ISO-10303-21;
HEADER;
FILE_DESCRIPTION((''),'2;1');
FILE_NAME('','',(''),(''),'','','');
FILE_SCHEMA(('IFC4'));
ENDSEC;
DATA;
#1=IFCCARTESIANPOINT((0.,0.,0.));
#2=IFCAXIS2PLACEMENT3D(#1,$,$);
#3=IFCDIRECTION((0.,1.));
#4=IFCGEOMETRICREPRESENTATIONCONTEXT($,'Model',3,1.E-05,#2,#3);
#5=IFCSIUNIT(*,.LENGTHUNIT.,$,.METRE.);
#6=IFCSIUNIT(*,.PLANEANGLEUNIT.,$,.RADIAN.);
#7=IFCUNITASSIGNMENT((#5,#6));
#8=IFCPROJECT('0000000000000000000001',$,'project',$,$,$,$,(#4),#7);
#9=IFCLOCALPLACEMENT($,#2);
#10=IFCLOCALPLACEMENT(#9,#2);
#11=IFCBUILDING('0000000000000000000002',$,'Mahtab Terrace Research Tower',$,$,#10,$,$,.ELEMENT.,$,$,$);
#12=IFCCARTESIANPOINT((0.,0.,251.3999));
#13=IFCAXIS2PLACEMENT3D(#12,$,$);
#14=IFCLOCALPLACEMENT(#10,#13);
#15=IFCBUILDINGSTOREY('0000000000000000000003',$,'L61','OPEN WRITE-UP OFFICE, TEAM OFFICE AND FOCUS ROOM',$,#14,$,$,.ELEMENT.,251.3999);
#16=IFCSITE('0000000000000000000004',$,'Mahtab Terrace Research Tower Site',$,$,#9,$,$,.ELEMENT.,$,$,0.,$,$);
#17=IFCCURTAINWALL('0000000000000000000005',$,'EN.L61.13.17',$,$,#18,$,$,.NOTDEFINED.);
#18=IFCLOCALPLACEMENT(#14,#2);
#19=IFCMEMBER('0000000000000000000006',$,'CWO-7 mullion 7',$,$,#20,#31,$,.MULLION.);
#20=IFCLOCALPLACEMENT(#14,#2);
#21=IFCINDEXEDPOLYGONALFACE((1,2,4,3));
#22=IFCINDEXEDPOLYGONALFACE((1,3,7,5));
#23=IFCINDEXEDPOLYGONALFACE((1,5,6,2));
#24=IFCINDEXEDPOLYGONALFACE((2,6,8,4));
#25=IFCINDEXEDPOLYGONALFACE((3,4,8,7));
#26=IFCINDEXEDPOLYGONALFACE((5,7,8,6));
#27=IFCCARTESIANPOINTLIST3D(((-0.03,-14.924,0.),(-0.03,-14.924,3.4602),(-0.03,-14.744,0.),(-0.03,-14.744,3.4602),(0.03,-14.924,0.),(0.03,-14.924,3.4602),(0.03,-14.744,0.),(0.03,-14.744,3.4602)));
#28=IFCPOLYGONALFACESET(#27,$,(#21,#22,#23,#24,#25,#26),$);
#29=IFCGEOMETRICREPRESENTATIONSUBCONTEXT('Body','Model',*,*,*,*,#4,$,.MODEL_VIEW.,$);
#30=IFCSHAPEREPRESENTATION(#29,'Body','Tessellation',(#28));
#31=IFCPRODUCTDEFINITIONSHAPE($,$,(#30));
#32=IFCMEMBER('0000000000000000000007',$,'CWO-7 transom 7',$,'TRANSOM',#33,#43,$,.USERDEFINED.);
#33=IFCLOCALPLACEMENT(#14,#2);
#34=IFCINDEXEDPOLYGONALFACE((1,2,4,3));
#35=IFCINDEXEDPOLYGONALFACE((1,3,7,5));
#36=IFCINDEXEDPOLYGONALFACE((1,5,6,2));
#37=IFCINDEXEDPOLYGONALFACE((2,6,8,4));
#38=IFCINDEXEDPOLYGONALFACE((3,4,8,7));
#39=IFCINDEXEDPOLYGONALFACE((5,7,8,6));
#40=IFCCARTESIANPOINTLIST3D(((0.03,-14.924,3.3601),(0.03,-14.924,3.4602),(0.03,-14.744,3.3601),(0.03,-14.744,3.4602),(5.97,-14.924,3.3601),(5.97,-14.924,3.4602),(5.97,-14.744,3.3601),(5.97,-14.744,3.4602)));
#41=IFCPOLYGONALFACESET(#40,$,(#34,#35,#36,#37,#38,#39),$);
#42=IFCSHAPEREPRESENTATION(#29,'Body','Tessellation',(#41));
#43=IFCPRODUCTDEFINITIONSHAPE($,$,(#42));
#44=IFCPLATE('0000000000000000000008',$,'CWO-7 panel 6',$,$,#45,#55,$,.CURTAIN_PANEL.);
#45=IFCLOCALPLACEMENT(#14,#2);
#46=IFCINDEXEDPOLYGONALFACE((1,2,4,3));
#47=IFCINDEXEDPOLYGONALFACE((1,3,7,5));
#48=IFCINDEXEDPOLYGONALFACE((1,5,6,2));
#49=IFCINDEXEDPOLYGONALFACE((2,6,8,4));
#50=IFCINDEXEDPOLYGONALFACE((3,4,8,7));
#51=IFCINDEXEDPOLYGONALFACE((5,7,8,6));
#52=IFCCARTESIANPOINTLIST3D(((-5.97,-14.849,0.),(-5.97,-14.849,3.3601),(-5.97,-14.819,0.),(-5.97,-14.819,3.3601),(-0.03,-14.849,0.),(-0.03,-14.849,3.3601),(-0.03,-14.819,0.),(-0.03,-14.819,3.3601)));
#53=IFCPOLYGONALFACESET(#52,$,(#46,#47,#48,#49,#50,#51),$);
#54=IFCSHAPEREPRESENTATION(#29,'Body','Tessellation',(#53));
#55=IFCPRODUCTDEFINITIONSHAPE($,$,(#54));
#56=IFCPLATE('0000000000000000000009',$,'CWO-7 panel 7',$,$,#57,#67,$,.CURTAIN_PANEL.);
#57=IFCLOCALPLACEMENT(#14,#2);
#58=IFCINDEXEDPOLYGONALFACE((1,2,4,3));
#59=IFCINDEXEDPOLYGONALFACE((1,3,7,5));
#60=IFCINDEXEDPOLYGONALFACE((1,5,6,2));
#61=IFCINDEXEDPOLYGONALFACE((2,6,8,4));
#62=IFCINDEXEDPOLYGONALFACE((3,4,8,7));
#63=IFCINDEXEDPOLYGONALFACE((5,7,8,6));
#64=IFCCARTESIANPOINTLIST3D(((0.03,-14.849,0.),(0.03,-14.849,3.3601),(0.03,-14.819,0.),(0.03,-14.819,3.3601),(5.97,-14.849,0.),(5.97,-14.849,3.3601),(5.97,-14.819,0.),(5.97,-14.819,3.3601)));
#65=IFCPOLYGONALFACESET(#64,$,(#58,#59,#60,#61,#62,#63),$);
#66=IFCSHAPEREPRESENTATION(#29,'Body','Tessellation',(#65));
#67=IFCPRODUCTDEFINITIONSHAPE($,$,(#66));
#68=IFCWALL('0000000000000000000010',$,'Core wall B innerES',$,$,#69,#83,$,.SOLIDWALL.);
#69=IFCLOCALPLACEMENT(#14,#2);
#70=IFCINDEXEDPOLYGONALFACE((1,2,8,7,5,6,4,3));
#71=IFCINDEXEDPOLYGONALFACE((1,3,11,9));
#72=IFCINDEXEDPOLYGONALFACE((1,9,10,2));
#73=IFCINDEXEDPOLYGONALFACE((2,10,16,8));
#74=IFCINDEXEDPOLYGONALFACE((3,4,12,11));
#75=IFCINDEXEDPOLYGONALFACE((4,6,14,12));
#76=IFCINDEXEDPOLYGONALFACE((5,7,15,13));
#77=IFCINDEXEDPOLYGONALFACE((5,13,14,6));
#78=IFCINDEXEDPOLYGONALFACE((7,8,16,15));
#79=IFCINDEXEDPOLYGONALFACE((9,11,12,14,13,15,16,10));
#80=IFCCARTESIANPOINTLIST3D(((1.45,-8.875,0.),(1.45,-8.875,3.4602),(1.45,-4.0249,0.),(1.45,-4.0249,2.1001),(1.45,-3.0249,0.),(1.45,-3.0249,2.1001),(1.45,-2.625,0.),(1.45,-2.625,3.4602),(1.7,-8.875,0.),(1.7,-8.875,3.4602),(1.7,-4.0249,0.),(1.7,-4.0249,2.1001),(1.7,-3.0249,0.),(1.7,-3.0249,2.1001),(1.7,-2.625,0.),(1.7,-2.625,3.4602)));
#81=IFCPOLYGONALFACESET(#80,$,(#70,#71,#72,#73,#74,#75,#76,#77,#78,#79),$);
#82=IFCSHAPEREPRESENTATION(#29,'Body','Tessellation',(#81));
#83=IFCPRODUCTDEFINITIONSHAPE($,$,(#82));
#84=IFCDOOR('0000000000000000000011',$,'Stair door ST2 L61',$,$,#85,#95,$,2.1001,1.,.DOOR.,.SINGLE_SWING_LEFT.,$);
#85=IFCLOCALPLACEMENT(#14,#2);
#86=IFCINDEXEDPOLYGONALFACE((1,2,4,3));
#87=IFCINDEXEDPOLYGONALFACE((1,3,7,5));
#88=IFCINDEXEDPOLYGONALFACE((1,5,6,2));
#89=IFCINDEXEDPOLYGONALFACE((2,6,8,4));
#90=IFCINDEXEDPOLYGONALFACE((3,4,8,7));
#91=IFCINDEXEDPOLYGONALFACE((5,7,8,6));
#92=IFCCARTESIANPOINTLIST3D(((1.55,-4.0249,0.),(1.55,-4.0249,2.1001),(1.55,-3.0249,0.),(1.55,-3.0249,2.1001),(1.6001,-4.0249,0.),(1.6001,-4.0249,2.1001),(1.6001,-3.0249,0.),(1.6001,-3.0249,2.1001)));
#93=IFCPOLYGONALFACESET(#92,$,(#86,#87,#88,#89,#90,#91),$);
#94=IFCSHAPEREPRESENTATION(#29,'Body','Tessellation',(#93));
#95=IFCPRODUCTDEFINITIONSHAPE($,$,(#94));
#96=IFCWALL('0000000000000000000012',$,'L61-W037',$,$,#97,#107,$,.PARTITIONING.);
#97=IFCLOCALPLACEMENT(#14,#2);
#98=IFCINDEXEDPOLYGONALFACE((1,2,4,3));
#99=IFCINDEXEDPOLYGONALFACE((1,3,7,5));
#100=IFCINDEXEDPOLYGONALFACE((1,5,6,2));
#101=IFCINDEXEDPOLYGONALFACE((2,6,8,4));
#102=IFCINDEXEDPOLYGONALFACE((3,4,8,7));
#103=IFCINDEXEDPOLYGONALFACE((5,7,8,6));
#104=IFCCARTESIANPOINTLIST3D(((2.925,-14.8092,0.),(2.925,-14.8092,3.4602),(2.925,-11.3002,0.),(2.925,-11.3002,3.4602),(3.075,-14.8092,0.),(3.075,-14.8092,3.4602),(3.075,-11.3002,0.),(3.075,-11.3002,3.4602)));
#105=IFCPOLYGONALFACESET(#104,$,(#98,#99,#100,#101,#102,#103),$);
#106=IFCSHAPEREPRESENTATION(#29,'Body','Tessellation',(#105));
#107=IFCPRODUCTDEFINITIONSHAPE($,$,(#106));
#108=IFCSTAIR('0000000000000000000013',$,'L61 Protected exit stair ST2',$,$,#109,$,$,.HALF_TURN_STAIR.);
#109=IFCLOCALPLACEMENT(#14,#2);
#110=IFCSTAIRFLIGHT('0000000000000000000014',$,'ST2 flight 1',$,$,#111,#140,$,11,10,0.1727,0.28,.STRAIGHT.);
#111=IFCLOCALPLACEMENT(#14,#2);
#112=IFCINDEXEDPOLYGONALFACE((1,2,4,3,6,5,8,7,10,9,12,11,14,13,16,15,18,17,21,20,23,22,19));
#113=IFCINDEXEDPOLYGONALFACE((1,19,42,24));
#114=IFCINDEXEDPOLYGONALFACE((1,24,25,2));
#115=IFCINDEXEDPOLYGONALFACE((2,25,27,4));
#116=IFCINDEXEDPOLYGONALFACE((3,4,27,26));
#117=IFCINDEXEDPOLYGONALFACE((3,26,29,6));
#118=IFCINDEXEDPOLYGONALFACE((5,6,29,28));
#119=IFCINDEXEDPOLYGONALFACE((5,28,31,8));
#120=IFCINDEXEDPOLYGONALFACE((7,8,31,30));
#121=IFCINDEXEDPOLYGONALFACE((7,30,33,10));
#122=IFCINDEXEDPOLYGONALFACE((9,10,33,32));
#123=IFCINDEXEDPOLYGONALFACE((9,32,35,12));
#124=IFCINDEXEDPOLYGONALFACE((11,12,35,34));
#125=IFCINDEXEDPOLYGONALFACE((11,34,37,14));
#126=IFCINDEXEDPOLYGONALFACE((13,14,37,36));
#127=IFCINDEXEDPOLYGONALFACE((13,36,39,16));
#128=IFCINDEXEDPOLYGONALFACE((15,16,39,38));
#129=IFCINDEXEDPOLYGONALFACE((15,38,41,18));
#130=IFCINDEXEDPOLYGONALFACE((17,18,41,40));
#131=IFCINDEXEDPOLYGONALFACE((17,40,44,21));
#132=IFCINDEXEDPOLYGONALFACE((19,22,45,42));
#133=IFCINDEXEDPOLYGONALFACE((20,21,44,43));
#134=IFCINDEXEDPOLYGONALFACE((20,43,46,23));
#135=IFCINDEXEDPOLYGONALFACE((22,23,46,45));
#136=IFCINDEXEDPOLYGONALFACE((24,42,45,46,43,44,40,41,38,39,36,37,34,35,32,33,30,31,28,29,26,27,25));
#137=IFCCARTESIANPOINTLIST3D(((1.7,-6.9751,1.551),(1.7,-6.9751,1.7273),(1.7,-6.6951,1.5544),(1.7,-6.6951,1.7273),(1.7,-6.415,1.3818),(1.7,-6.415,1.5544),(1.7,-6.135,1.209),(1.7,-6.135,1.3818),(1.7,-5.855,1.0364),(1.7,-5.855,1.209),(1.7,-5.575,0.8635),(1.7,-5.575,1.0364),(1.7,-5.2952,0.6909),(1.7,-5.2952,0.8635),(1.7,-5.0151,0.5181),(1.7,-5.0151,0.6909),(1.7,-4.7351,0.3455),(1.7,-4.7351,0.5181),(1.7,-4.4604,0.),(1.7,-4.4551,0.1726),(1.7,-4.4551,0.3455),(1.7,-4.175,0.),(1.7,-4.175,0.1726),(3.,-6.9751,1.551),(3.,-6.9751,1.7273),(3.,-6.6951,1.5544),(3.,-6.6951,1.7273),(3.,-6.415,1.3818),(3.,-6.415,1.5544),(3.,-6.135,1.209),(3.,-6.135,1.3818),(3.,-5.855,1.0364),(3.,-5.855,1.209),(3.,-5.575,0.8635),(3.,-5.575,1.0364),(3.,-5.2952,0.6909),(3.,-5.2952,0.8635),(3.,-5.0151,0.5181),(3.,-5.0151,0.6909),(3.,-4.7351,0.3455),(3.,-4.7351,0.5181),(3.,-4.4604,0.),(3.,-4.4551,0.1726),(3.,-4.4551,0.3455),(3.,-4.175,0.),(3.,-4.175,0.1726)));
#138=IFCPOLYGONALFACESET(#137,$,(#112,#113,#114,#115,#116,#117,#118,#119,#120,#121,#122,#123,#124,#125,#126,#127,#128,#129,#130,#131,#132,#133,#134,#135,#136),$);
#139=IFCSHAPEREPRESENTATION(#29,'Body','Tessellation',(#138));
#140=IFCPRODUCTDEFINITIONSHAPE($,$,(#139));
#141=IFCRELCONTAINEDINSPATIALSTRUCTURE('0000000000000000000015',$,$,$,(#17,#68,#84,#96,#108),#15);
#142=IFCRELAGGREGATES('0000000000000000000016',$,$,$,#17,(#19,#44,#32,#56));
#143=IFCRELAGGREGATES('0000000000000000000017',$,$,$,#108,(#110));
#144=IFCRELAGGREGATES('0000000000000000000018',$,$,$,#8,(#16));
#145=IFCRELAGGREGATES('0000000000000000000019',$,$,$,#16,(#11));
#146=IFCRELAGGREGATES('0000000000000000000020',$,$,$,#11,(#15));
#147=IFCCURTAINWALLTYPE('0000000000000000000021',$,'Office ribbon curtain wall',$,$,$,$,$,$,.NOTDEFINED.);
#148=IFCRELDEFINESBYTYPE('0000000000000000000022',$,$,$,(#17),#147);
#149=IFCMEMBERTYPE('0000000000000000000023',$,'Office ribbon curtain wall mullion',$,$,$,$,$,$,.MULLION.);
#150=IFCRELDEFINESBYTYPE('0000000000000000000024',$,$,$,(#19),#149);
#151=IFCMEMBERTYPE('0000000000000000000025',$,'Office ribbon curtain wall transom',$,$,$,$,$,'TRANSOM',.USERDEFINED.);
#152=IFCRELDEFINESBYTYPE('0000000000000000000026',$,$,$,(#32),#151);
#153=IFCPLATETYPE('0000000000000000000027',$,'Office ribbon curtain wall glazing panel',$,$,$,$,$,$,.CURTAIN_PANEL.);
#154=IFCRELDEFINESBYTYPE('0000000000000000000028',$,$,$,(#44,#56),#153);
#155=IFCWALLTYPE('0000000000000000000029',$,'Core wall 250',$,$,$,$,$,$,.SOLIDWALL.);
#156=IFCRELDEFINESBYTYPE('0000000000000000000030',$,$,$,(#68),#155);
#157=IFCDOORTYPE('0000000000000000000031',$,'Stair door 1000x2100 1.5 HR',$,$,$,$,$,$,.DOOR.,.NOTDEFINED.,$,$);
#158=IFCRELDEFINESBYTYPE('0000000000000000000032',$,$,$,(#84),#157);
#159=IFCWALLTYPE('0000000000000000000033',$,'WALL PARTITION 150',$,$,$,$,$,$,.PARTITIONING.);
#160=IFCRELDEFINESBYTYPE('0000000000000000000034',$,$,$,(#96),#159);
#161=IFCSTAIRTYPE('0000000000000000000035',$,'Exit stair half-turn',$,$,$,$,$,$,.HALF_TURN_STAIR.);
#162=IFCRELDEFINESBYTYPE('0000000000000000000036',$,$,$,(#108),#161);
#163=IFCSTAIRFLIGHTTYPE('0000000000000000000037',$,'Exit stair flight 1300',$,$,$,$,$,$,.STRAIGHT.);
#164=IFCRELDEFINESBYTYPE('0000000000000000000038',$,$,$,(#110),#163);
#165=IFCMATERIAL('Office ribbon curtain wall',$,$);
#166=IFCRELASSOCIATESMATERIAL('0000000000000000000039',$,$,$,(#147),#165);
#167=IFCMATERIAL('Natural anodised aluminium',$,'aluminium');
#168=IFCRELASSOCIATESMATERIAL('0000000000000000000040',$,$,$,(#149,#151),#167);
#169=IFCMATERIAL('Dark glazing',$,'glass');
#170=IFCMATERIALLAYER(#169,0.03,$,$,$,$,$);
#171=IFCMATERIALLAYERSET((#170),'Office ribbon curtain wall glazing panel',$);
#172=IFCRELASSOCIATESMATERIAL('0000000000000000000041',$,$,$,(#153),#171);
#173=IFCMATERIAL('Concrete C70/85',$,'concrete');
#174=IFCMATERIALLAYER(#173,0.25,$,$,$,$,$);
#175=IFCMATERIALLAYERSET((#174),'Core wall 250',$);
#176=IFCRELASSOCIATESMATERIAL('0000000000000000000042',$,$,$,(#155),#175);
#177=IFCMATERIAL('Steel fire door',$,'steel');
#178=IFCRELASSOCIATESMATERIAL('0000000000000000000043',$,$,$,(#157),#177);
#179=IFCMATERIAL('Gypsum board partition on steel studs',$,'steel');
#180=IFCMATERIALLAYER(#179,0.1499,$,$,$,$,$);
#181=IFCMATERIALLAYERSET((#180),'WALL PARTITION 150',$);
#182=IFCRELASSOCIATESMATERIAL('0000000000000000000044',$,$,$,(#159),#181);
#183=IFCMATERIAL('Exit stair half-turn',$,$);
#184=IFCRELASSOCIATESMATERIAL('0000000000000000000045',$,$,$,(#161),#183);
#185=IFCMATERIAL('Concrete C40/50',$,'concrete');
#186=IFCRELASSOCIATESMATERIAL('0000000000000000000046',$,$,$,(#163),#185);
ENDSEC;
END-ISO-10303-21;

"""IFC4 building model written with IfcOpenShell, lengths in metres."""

from ifc_helpers import new_model, si_unit, direction, frame, frame_2d, origin, origin_2d, place, context, subcontext, project, spatial, polyline, rectangle, outline, extrude, material, layer, layer_set, material_profile, profile_set, type_object, element, fill, aggregate, save


model = new_model("IFC4")

# Units and contexts
model_context = context("Model", 3, precision=1e-05, world=origin(), true_north=direction((0.0, 1.0)))
body_context = subcontext(model_context, "Body", "Model", "MODEL_VIEW")
ifc_project = project(units=[si_unit("LENGTHUNIT", "METRE"), si_unit("PLANEANGLEUNIT", "RADIAN")], contexts=[model_context])

# Site, building, storey
site_placement = place(None, origin())
site = spatial("IfcSite", under=ifc_project, at=site_placement, Name="Mahtab Terrace Research Tower Site", CompositionType="ELEMENT", RefElevation=0.0)
building_placement = place(site_placement, origin())
building = spatial("IfcBuilding", under=site, at=building_placement, Name="Mahtab Terrace Research Tower", CompositionType="ELEMENT")
storey_placement = place(building_placement, frame((0.0, 0.0, 251.3999)))
storey = spatial("IfcBuildingStorey", under=building, at=storey_placement, Name="L61", Description="OPEN WRITE-UP OFFICE, TEAM OFFICE AND FOCUS ROOM", CompositionType="ELEMENT", Elevation=251.3999)

# Curtain wall, members, plates
ifc_material_1 = material(Name="Office ribbon curtain wall")
curtain_wall_type = type_object("IfcCurtainWallType", Name="Office ribbon curtain wall", PredefinedType="NOTDEFINED", material=ifc_material_1)
curtain_wall_placement = place(storey_placement, origin())
curtain_wall = element("IfcCurtainWall", 1, at=curtain_wall_placement, inside=storey, type_object=curtain_wall_type, Name="EN.L61.13.17", PredefinedType="NOTDEFINED")
ifc_material_2 = material(Name="Natural anodised aluminium", Category="aluminium")
ifc_material_profile_1 = material_profile(ifc_material_2, rectangle(XDim=0.1799, YDim=0.0601, at=origin_2d()), Name="MULLION 60x180")
ifc_profile_set_1 = profile_set([ifc_material_profile_1], Name="Natural anodised aluminium")
member_type_1 = type_object("IfcMemberType", Name="Office ribbon curtain wall mullion", PredefinedType="MULLION", material=ifc_profile_set_1)
member_1_placement = place(storey_placement, frame((0.0, -14.834, 0.0), z_axis=(0.0, 0.0, 1.0), x_axis=(0.0, 1.0, 0.0)))
member_1 = element("IfcMember", 2, at=member_1_placement, type_object=member_type_1, Name="CWO-7 mullion 7", PredefinedType="MULLION", context=body_context, shape_type="SweptSolid", body=[
    extrude(rectangle(XDim=0.1799, YDim=0.0601, at=origin_2d()), origin(), (0.0, 0.0, 1.0), 3.4602),
])
ifc_material_profile_2 = material_profile(ifc_material_2, rectangle(XDim=0.1799, YDim=0.1001, at=origin_2d()), Name="TRANSOM 100x180")
ifc_profile_set_2 = profile_set([ifc_material_profile_2], Name="Natural anodised aluminium")
member_type_2 = type_object("IfcMemberType", Name="Office ribbon curtain wall transom", ElementType="TRANSOM", PredefinedType="USERDEFINED", material=ifc_profile_set_2)
member_2_placement = place(storey_placement, frame((0.03, -14.834, 3.4102), z_axis=(1.0, 0.0, 0.0), x_axis=(0.0, 1.0, 0.0)))
member_2 = element("IfcMember", 3, at=member_2_placement, type_object=member_type_2, Name="CWO-7 transom 7", ObjectType="TRANSOM", PredefinedType="USERDEFINED", context=body_context, shape_type="SweptSolid", body=[
    extrude(rectangle(XDim=0.1799, YDim=0.1001, at=origin_2d()), origin(), (0.0, 0.0, 1.0), 5.9399),
])
ifc_material_3 = material(Name="Dark glazing", Category="glass")
ifc_layer_1 = layer(ifc_material_3, 0.03)
ifc_layer_set_1 = layer_set([ifc_layer_1], Name="Office ribbon curtain wall glazing panel")
plate_type = type_object("IfcPlateType", Name="Office ribbon curtain wall glazing panel", PredefinedType="CURTAIN_PANEL", material=ifc_layer_set_1)
plate_1_placement = place(storey_placement, frame((-3.0, -14.834, 0.0), z_axis=(0.0, 0.0, 1.0), x_axis=(1.0, 0.0, 0.0)))
plate_1 = element("IfcPlate", 4, at=plate_1_placement, type_object=plate_type, Name="CWO-7 panel 6", PredefinedType="CURTAIN_PANEL", context=body_context, shape_type="SweptSolid", body=[
    extrude(rectangle(XDim=5.9399, YDim=0.03, at=origin_2d()), origin(), (0.0, 0.0, 1.0), 3.3601),
])
plate_2_placement = place(storey_placement, frame((3.0, -14.834, 0.0), z_axis=(0.0, 0.0, 1.0), x_axis=(1.0, 0.0, 0.0)))
plate_2 = element("IfcPlate", 5, at=plate_2_placement, type_object=plate_type, Name="CWO-7 panel 7", PredefinedType="CURTAIN_PANEL", context=body_context, shape_type="SweptSolid", body=[
    extrude(rectangle(XDim=5.9399, YDim=0.03, at=origin_2d()), origin(), (0.0, 0.0, 1.0), 3.3601),
])
aggregate(curtain_wall, [member_1, plate_1, member_2, plate_2])

# Shared definitions
ifc_material_4 = material(Name="Concrete C70/85", Category="concrete")
ifc_layer_2 = layer(ifc_material_4, 0.25)
ifc_layer_set_2 = layer_set([ifc_layer_2], Name="Core wall 250")
wall_type_1 = type_object("IfcWallType", Name="Core wall 250", PredefinedType="SOLIDWALL", material=ifc_layer_set_2)
ifc_material_5 = material(Name="Steel fire door", Category="steel")

# Wall, opening, door
wall_1_placement = place(storey_placement, frame((1.575, -8.875, 0.0), z_axis=(0.0, 0.0, 1.0), x_axis=(0.0, 1.0, 0.0)))
wall_1 = element("IfcWall", 6, at=wall_1_placement, inside=storey, type_object=wall_type_1, Name="Core wall B innerES", PredefinedType="SOLIDWALL", context=body_context, shape_type="SweptSolid", body=[
    extrude(rectangle(XDim=6.25, YDim=0.25, at=frame_2d((3.125, 0.0))), origin(), (0.0, 0.0, 1.0), 3.4602),
])
opening_1_placement = place(wall_1_placement, frame((4.8501, 0.0, 0.0)))
opening_1 = element("IfcOpeningElement", 7, at=opening_1_placement, cuts=wall_1, PredefinedType="OPENING", context=body_context, shape_type="SweptSolid", body=[
    extrude(rectangle(XDim=1.0, YDim=2.1001, at=frame_2d((0.5, 1.05))), frame((0.0, 0.135, 0.0), z_axis=(0.0, -1.0, 0.0), x_axis=(1.0, 0.0, 0.0)), (0.0, 0.0, 1.0), 0.27),
])
door_type_1 = type_object("IfcDoorType", Name="Stair door 1000x2100 1.5 HR", OperationType="NOTDEFINED", PredefinedType="DOOR", material=ifc_material_5)
door_1_placement = place(opening_1_placement, origin())
door_1 = element("IfcDoor", 8, at=door_1_placement, inside=storey, type_object=door_type_1, Name="Stair door ST2 L61", OperationType="SINGLE_SWING_LEFT", OverallHeight=2.1001, OverallWidth=1.0, PredefinedType="DOOR", context=body_context, shape_type="SweptSolid", body=[
    extrude(rectangle(XDim=1.0, YDim=2.1001, at=frame_2d((0.5, 1.05))), frame((0.0, 0.0249, 0.0), z_axis=(0.0, -1.0, 0.0), x_axis=(1.0, 0.0, 0.0)), (0.0, 0.0, 1.0), 0.05),
])
fill(opening_1, door_1)

# Wall
ifc_material_6 = material(Name="Gypsum board partition on steel studs", Category="steel")
ifc_layer_3 = layer(ifc_material_6, 0.1499)
ifc_layer_set_3 = layer_set([ifc_layer_3], Name="WALL PARTITION 150")
wall_type_2 = type_object("IfcWallType", Name="WALL PARTITION 150", PredefinedType="PARTITIONING", material=ifc_layer_set_3)
wall_2_placement = place(storey_placement, frame((3.0, -14.8091, 0.0), z_axis=(0.0, 0.0, 1.0), x_axis=(0.0, 1.0, 0.0)))
element("IfcWall", 9, at=wall_2_placement, inside=storey, type_object=wall_type_2, Name="L61-W037", PredefinedType="PARTITIONING", context=body_context, shape_type="SweptSolid", body=[
    extrude(rectangle(XDim=3.509, YDim=0.1499, at=frame_2d((1.7544, 0.0))), origin(), (0.0, 0.0, 1.0), 3.4602),
])

# Stair, stair flight
ifc_material_7 = material(Name="Exit stair half-turn")
stair_type = type_object("IfcStairType", Name="Exit stair half-turn", PredefinedType="HALF_TURN_STAIR", material=ifc_material_7)
stair_placement = place(storey_placement, origin())
stair = element("IfcStair", 10, at=stair_placement, inside=storey, type_object=stair_type, Name="L61 Protected exit stair ST2", PredefinedType="HALF_TURN_STAIR")
ifc_material_8 = material(Name="Concrete C40/50", Category="concrete")
stair_flight_type = type_object("IfcStairFlightType", Name="Exit stair flight 1300", PredefinedType="STRAIGHT", material=ifc_material_8)
stair_flight_placement = place(storey_placement, frame((2.3501, -4.175, 0.0), z_axis=(0.0, 0.0, 1.0), x_axis=(0.0, -1.0, 0.0)))
stair_flight = element("IfcStairFlight", 11, at=stair_flight_placement, type_object=stair_flight_type, Name="ST2 flight 1", NumberOfRisers=11, NumberOfTreads=10, PredefinedType="STRAIGHT", RiserHeight=0.1727, TreadLength=0.28, context=body_context, shape_type="SweptSolid", body=[
    extrude(outline(polyline([(0.0, 0.0), (0.0, 0.1726), (0.28, 0.1726), (0.28, 0.3455), (0.5601, 0.3455), (0.5601, 0.5181), (0.8401, 0.5181), (0.8401, 0.6909), (1.1201, 0.6909), (1.1201, 0.8635), (1.3999, 0.8635), (1.3999, 1.0364), (1.6799, 1.0364), (1.6799, 1.209), (1.96, 1.209), (1.96, 1.3818), (2.24, 1.3818), (2.24, 1.5544), (2.52, 1.5544), (2.52, 1.7273), (2.8, 1.7273), (2.8, 1.8999), (2.8, 1.551), (0.2854, 0.0), (0.0, 0.0)])), frame((0.0, 0.6499, 0.0), z_axis=(0.0, -1.0, 0.0), x_axis=(1.0, 0.0, 0.0)), (0.0, 0.0, 1.0), 1.3),
])
aggregate(stair, [stair_flight])

save(model, "model.ifc")
